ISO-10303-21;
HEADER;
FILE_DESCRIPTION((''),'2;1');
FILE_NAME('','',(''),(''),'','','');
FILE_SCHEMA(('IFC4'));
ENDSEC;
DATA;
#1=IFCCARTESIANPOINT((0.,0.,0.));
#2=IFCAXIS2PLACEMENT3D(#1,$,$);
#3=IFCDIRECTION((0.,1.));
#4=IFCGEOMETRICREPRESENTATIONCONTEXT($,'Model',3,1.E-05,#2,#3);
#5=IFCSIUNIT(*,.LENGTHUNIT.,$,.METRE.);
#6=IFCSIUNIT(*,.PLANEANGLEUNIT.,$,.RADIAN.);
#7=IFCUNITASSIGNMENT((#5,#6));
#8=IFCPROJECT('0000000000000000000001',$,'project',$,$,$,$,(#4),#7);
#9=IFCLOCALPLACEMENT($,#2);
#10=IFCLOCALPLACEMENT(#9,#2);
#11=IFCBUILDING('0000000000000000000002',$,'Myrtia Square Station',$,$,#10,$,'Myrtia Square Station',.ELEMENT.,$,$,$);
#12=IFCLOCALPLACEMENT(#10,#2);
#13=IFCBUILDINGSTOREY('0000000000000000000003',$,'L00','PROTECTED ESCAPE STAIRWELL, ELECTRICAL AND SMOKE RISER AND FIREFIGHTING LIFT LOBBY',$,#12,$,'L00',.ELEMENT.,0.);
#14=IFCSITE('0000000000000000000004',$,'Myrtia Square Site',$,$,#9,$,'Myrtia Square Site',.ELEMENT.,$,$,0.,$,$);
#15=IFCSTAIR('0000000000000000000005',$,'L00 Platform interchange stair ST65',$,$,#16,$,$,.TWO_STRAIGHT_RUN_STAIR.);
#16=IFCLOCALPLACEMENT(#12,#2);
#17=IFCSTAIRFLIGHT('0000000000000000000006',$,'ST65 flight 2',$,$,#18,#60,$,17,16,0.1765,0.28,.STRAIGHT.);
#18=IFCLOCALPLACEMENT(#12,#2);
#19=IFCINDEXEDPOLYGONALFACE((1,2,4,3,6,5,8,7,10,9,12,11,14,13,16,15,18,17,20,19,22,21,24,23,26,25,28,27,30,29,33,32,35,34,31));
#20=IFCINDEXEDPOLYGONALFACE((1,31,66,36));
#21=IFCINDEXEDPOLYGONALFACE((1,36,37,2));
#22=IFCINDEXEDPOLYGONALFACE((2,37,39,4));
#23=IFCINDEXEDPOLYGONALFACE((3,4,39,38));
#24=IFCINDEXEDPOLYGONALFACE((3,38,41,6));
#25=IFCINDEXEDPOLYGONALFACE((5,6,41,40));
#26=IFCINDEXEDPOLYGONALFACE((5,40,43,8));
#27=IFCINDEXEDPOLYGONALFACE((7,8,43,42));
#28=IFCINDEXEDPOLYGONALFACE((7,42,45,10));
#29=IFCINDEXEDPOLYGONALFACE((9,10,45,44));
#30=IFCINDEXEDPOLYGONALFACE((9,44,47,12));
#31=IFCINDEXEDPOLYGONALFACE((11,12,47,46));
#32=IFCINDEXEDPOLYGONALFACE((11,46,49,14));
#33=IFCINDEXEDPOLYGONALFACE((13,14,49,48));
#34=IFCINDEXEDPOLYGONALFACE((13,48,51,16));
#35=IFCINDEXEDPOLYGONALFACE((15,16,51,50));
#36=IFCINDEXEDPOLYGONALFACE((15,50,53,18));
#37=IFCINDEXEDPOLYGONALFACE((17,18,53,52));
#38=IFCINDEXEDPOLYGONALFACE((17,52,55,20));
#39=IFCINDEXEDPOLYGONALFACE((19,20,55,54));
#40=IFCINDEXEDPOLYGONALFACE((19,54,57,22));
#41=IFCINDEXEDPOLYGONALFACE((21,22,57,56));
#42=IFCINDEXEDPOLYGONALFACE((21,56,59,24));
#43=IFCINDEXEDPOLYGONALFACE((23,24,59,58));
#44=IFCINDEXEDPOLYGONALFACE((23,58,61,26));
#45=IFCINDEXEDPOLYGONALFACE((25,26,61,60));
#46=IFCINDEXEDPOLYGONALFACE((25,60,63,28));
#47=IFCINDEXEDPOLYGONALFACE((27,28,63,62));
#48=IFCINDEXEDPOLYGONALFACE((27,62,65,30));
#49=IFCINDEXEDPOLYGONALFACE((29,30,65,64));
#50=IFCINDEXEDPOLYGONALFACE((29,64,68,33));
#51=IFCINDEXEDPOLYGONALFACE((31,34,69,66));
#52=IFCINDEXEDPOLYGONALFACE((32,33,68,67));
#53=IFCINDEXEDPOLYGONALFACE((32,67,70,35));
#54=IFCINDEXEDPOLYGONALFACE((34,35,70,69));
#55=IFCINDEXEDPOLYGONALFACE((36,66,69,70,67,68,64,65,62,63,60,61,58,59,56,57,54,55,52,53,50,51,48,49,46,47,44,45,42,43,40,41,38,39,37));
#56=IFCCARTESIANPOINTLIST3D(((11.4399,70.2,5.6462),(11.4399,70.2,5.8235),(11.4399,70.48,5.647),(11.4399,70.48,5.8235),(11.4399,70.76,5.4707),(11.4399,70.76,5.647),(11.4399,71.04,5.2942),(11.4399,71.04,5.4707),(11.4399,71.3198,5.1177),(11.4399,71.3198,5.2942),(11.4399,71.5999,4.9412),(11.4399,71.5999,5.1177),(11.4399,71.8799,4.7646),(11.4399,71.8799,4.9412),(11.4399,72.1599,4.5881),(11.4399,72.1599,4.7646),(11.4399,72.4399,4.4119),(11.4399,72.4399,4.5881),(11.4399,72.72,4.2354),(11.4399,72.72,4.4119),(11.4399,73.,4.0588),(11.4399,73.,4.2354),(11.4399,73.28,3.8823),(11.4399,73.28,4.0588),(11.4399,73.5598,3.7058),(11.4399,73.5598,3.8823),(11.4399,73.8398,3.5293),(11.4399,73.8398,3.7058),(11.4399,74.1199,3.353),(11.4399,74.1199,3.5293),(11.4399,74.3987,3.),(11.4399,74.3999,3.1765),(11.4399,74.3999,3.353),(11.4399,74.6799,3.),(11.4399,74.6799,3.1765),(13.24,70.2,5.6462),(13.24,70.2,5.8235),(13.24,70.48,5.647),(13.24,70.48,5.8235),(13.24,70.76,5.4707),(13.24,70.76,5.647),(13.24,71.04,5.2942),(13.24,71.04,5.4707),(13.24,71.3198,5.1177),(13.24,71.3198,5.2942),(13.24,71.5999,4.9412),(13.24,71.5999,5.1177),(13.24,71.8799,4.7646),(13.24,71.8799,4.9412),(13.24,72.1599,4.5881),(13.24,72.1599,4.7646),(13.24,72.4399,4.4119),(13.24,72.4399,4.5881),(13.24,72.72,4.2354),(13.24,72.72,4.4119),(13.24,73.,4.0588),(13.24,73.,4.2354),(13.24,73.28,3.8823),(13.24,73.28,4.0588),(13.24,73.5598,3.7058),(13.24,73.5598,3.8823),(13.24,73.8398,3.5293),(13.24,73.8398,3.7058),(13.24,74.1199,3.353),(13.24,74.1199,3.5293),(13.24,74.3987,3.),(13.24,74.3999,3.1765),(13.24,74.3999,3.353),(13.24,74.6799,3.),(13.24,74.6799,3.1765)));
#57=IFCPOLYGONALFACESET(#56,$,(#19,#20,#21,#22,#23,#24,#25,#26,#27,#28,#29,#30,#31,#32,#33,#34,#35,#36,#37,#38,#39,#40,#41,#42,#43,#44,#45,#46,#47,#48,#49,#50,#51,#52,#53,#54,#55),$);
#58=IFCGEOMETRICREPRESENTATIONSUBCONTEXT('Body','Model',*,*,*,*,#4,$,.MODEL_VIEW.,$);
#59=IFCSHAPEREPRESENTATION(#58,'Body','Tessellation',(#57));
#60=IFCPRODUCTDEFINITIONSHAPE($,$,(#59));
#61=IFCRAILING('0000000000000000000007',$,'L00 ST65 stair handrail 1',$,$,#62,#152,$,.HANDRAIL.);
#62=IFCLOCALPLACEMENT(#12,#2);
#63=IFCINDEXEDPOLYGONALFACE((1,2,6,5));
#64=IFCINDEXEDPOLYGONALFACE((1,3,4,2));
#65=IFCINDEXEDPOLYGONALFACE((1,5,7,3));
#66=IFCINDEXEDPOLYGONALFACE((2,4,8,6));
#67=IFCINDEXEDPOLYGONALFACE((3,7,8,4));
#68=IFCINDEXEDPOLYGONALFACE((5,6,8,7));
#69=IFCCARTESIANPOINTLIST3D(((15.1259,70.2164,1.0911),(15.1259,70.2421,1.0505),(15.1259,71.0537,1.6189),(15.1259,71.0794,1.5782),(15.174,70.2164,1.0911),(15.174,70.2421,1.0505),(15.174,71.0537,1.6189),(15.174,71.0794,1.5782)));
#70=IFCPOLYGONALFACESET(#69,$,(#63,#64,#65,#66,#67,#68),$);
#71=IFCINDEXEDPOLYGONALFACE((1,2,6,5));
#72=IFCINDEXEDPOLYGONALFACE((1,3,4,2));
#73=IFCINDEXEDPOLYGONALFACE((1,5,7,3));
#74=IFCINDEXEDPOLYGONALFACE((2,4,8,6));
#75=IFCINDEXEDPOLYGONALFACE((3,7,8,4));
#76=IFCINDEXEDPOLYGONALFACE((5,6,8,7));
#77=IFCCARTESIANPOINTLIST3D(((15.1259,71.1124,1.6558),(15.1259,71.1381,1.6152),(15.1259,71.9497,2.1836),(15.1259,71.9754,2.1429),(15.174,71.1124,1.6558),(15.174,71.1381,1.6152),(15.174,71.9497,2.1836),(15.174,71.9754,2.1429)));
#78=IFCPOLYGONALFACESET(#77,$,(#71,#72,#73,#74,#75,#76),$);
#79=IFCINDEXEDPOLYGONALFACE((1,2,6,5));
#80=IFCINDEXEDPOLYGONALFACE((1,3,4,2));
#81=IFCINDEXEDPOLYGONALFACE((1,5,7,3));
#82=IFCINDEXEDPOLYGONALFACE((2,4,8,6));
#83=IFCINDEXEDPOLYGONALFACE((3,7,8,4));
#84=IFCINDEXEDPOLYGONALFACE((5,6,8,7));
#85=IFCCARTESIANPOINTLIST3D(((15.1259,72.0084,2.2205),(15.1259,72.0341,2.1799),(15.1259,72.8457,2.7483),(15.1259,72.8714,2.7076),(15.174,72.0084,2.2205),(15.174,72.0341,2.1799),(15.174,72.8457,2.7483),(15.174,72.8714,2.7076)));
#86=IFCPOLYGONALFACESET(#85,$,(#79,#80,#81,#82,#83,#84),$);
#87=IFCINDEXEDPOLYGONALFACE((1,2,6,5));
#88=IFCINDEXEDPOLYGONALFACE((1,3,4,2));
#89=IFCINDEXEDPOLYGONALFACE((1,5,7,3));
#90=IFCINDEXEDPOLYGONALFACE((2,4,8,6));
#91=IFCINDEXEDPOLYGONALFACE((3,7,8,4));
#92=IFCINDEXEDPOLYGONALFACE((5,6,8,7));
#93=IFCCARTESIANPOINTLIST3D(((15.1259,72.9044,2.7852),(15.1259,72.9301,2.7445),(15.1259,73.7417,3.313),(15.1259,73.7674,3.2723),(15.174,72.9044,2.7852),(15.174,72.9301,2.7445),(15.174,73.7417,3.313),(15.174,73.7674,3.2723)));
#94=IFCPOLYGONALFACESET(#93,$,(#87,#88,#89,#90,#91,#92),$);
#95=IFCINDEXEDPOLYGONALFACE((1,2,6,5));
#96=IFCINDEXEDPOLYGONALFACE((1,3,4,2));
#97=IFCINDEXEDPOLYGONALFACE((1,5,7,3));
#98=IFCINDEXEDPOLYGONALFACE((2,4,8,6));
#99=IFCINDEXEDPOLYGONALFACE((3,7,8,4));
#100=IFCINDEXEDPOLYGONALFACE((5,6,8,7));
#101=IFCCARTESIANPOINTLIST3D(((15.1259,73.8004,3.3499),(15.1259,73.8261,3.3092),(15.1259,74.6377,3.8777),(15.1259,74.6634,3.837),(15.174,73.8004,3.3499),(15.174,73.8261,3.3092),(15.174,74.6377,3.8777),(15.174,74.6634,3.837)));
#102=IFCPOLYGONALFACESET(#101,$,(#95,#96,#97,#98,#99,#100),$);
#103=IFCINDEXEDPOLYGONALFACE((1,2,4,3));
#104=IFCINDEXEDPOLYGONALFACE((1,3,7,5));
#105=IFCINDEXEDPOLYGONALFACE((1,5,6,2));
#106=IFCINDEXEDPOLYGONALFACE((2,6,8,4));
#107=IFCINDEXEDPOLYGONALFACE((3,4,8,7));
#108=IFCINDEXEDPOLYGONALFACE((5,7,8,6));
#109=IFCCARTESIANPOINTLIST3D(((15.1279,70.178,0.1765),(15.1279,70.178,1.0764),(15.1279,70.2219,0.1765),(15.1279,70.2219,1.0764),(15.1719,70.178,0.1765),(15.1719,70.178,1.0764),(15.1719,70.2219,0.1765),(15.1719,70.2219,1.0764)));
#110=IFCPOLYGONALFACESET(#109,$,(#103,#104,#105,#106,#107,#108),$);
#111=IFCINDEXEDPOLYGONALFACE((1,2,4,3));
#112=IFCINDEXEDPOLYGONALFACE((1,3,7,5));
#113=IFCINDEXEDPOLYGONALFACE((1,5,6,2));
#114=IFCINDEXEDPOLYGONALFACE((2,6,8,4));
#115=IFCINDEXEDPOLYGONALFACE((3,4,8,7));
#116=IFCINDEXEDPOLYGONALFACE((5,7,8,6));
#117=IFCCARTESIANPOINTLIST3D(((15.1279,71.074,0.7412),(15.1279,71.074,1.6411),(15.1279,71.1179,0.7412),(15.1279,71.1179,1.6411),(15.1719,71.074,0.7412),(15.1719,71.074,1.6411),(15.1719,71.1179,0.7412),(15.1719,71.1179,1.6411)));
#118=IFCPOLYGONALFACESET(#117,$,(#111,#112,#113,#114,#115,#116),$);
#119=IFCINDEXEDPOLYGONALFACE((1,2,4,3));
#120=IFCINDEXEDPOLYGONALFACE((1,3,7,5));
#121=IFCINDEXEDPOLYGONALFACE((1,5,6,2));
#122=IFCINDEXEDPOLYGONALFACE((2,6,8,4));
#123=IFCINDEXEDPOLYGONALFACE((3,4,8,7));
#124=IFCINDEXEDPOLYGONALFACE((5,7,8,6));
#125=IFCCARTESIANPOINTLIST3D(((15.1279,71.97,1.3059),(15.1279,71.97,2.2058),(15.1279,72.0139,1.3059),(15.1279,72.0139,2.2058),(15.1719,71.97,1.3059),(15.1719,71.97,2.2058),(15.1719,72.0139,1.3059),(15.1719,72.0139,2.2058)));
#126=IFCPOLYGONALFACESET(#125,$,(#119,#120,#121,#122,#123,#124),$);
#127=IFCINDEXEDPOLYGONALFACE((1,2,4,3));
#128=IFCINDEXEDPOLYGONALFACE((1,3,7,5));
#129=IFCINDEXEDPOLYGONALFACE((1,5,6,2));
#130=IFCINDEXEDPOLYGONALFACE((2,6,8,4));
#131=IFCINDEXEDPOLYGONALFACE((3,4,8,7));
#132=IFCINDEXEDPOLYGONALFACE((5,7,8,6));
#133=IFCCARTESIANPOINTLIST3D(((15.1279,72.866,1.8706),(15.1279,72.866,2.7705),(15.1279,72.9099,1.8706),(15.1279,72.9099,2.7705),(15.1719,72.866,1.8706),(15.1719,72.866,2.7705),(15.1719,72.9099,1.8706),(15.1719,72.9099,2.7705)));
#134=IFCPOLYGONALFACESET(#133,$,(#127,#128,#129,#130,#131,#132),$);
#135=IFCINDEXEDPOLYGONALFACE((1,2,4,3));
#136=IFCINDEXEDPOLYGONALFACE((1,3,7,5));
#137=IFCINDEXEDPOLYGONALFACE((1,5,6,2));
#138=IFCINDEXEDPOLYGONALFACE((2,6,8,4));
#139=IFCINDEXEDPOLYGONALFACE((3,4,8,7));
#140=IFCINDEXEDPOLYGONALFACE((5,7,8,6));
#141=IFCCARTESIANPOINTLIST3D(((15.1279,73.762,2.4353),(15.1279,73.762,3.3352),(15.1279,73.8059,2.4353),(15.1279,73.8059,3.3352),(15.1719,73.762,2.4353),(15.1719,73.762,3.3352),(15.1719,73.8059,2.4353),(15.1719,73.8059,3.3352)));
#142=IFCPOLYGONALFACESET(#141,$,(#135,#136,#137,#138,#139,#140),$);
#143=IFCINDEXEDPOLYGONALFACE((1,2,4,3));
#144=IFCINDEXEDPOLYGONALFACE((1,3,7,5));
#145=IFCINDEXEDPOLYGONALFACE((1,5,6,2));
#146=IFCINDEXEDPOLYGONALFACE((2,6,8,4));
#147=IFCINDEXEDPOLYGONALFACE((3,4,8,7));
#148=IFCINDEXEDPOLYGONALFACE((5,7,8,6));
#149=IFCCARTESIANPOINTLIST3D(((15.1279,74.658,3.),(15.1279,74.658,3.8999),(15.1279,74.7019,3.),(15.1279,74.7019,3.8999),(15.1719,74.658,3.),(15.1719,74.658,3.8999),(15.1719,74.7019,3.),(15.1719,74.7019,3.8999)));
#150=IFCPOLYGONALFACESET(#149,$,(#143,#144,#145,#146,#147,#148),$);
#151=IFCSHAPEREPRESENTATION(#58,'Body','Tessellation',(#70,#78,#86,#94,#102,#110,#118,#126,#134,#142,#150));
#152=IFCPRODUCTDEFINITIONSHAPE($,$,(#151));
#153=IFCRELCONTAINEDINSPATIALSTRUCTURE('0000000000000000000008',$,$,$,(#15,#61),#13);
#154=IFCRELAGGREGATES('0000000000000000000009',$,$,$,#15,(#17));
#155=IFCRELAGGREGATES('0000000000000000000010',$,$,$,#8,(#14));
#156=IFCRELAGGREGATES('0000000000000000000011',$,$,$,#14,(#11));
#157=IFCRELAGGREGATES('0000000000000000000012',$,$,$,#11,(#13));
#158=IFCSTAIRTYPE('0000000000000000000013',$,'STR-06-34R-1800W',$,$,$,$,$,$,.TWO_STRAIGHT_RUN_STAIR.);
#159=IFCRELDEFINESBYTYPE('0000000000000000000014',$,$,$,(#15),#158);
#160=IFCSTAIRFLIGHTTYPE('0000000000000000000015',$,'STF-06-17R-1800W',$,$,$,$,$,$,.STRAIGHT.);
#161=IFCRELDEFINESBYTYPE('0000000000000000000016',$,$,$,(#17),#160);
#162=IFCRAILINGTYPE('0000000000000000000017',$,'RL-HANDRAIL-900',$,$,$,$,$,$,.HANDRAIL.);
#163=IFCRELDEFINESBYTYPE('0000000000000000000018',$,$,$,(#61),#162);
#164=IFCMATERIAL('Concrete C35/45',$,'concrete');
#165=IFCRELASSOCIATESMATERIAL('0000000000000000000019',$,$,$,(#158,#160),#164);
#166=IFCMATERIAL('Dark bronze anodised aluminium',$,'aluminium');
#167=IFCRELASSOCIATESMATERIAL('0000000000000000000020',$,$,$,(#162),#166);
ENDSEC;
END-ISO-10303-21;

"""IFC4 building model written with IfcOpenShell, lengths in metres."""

from ifc_helpers import new_model, si_unit, direction, frame, origin, origin_2d, place, context, subcontext, project, spatial, polyline, rectangle, outline, extrude, material, type_object, element, aggregate, save


model = new_model("IFC4")

# Units and contexts
model_context = context("Model", 3, precision=1e-05, world=origin(), true_north=direction((0.0, 1.0)))
body_context = subcontext(model_context, "Body", "Model", "MODEL_VIEW")
ifc_project = project(units=[si_unit("LENGTHUNIT", "METRE"), si_unit("PLANEANGLEUNIT", "RADIAN")], contexts=[model_context])

# Site, building, storey
site_placement = place(None, origin())
site = spatial("IfcSite", under=ifc_project, at=site_placement, Name="Myrtia Square Site", LongName="Myrtia Square Site", CompositionType="ELEMENT", RefElevation=0.0)
building_placement = place(site_placement, origin())
building = spatial("IfcBuilding", under=site, at=building_placement, Name="Myrtia Square Station", LongName="Myrtia Square Station", CompositionType="ELEMENT")
storey_placement = place(building_placement, origin())
storey = spatial("IfcBuildingStorey", under=building, at=storey_placement, Name="L00", Description="PROTECTED ESCAPE STAIRWELL, ELECTRICAL AND SMOKE RISER AND FIREFIGHTING LIFT LOBBY", LongName="L00", CompositionType="ELEMENT", Elevation=0.0)

# Shared definitions
ifc_material_1 = material(Name="Dark bronze anodised aluminium", Category="aluminium")

# Stair, stair flight
ifc_material_2 = material(Name="Concrete C35/45", Category="concrete")
stair_type = type_object("IfcStairType", Name="STR-06-34R-1800W", PredefinedType="TWO_STRAIGHT_RUN_STAIR", material=ifc_material_2)
stair_placement = place(storey_placement, origin())
stair = element("IfcStair", 1, at=stair_placement, inside=storey, type_object=stair_type, Name="L00 Platform interchange stair ST65", PredefinedType="TWO_STRAIGHT_RUN_STAIR")
stair_flight_type = type_object("IfcStairFlightType", Name="STF-06-17R-1800W", PredefinedType="STRAIGHT", material=ifc_material_2)
stair_flight_1_placement = place(storey_placement, frame((12.3401, 74.6799, 3.0), z_axis=(0.0, 0.0, 1.0), x_axis=(0.0, -1.0, 0.0)))
stair_flight_1 = element("IfcStairFlight", 2, at=stair_flight_1_placement, type_object=stair_flight_type, Name="ST65 flight 2", NumberOfRisers=17, NumberOfTreads=16, PredefinedType="STRAIGHT", RiserHeight=0.1765, TreadLength=0.28, context=body_context, shape_type="SweptSolid", body=[
    extrude(outline(polyline([(0.0, 0.0), (0.0, 0.1765), (0.28, 0.1765), (0.28, 0.353), (0.5601, 0.353), (0.5601, 0.5293), (0.8401, 0.5293), (0.8401, 0.7058), (1.1201, 0.7058), (1.1201, 0.8823), (1.3999, 0.8823), (1.3999, 1.0588), (1.6799, 1.0588), (1.6799, 1.2354), (1.96, 1.2354), (1.96, 1.4119), (2.24, 1.4119), (2.24, 1.5881), (2.52, 1.5881), (2.52, 1.7646), (2.8, 1.7646), (2.8, 1.9412), (3.0801, 1.9412), (3.0801, 2.1177), (3.3601, 2.1177), (3.3601, 2.2942), (3.6399, 2.2942), (3.6399, 2.4707), (3.9199, 2.4707), (3.9199, 2.647), (4.2, 2.647), (4.2, 2.8235), (4.48, 2.8235), (4.48, 3.0), (4.48, 2.6462), (0.2812, 0.0), (0.0, 0.0)])), frame((0.0, 0.8999, 0.0), z_axis=(0.0, -1.0, 0.0), x_axis=(1.0, 0.0, 0.0)), (0.0, 0.0, 1.0), 1.8),
])
aggregate(stair, [stair_flight_1])

# Railing
railing_type_1 = type_object("IfcRailingType", Name="RL-HANDRAIL-900", PredefinedType="HANDRAIL", material=ifc_material_1)
railing_1_placement = place(storey_placement, frame((15.1499, 70.2, 0.1765)))
element("IfcRailing", 3, at=railing_1_placement, inside=storey, type_object=railing_type_1, Name="L00 ST65 stair handrail 1", PredefinedType="HANDRAIL", context=body_context, shape_type="SweptSolid", body=[
    extrude(rectangle(XDim=0.0481, YDim=0.0481, at=origin_2d()), frame((0.0, 0.0293, 0.8943), z_axis=(0.0, 0.845998, 0.533186), x_axis=(-1.0, 0.0, 0.0)), (0.0, 0.0, 1.0), 0.9897),
    extrude(rectangle(XDim=0.0481, YDim=0.0481, at=origin_2d()), frame((0.0, 0.9253, 1.459), z_axis=(0.0, 0.845998, 0.533186), x_axis=(-1.0, 0.0, 0.0)), (0.0, 0.0, 1.0), 0.9897),
    extrude(rectangle(XDim=0.0481, YDim=0.0481, at=origin_2d()), frame((0.0, 1.8213, 2.0237), z_axis=(0.0, 0.845998, 0.533186), x_axis=(-1.0, 0.0, 0.0)), (0.0, 0.0, 1.0), 0.9897),
    extrude(rectangle(XDim=0.0481, YDim=0.0481, at=origin_2d()), frame((0.0, 2.7173, 2.5884), z_axis=(0.0, 0.845998, 0.533186), x_axis=(-1.0, 0.0, 0.0)), (0.0, 0.0, 1.0), 0.9897),
    extrude(rectangle(XDim=0.0481, YDim=0.0481, at=origin_2d()), frame((0.0, 3.6133, 3.1531), z_axis=(0.0, 0.845998, 0.533186), x_axis=(-1.0, 0.0, 0.0)), (0.0, 0.0, 1.0), 0.9897),
    extrude(rectangle(XDim=0.0439, YDim=0.0439, at=origin_2d()), origin(), (0.0, 0.0, 1.0), 0.8999),
    extrude(rectangle(XDim=0.0439, YDim=0.0439, at=origin_2d()), frame((0.0, 0.896, 0.5647)), (0.0, 0.0, 1.0), 0.8999),
    extrude(rectangle(XDim=0.0439, YDim=0.0439, at=origin_2d()), frame((0.0, 1.792, 1.1294)), (0.0, 0.0, 1.0), 0.8999),
    extrude(rectangle(XDim=0.0439, YDim=0.0439, at=origin_2d()), frame((0.0, 2.688, 1.6941)), (0.0, 0.0, 1.0), 0.8999),
    extrude(rectangle(XDim=0.0439, YDim=0.0439, at=origin_2d()), frame((0.0, 3.584, 2.2588)), (0.0, 0.0, 1.0), 0.8999),
    extrude(rectangle(XDim=0.0439, YDim=0.0439, at=origin_2d()), frame((0.0, 4.48, 2.8235)), (0.0, 0.0, 1.0), 0.8999),
])

save(model, "model.ifc")
